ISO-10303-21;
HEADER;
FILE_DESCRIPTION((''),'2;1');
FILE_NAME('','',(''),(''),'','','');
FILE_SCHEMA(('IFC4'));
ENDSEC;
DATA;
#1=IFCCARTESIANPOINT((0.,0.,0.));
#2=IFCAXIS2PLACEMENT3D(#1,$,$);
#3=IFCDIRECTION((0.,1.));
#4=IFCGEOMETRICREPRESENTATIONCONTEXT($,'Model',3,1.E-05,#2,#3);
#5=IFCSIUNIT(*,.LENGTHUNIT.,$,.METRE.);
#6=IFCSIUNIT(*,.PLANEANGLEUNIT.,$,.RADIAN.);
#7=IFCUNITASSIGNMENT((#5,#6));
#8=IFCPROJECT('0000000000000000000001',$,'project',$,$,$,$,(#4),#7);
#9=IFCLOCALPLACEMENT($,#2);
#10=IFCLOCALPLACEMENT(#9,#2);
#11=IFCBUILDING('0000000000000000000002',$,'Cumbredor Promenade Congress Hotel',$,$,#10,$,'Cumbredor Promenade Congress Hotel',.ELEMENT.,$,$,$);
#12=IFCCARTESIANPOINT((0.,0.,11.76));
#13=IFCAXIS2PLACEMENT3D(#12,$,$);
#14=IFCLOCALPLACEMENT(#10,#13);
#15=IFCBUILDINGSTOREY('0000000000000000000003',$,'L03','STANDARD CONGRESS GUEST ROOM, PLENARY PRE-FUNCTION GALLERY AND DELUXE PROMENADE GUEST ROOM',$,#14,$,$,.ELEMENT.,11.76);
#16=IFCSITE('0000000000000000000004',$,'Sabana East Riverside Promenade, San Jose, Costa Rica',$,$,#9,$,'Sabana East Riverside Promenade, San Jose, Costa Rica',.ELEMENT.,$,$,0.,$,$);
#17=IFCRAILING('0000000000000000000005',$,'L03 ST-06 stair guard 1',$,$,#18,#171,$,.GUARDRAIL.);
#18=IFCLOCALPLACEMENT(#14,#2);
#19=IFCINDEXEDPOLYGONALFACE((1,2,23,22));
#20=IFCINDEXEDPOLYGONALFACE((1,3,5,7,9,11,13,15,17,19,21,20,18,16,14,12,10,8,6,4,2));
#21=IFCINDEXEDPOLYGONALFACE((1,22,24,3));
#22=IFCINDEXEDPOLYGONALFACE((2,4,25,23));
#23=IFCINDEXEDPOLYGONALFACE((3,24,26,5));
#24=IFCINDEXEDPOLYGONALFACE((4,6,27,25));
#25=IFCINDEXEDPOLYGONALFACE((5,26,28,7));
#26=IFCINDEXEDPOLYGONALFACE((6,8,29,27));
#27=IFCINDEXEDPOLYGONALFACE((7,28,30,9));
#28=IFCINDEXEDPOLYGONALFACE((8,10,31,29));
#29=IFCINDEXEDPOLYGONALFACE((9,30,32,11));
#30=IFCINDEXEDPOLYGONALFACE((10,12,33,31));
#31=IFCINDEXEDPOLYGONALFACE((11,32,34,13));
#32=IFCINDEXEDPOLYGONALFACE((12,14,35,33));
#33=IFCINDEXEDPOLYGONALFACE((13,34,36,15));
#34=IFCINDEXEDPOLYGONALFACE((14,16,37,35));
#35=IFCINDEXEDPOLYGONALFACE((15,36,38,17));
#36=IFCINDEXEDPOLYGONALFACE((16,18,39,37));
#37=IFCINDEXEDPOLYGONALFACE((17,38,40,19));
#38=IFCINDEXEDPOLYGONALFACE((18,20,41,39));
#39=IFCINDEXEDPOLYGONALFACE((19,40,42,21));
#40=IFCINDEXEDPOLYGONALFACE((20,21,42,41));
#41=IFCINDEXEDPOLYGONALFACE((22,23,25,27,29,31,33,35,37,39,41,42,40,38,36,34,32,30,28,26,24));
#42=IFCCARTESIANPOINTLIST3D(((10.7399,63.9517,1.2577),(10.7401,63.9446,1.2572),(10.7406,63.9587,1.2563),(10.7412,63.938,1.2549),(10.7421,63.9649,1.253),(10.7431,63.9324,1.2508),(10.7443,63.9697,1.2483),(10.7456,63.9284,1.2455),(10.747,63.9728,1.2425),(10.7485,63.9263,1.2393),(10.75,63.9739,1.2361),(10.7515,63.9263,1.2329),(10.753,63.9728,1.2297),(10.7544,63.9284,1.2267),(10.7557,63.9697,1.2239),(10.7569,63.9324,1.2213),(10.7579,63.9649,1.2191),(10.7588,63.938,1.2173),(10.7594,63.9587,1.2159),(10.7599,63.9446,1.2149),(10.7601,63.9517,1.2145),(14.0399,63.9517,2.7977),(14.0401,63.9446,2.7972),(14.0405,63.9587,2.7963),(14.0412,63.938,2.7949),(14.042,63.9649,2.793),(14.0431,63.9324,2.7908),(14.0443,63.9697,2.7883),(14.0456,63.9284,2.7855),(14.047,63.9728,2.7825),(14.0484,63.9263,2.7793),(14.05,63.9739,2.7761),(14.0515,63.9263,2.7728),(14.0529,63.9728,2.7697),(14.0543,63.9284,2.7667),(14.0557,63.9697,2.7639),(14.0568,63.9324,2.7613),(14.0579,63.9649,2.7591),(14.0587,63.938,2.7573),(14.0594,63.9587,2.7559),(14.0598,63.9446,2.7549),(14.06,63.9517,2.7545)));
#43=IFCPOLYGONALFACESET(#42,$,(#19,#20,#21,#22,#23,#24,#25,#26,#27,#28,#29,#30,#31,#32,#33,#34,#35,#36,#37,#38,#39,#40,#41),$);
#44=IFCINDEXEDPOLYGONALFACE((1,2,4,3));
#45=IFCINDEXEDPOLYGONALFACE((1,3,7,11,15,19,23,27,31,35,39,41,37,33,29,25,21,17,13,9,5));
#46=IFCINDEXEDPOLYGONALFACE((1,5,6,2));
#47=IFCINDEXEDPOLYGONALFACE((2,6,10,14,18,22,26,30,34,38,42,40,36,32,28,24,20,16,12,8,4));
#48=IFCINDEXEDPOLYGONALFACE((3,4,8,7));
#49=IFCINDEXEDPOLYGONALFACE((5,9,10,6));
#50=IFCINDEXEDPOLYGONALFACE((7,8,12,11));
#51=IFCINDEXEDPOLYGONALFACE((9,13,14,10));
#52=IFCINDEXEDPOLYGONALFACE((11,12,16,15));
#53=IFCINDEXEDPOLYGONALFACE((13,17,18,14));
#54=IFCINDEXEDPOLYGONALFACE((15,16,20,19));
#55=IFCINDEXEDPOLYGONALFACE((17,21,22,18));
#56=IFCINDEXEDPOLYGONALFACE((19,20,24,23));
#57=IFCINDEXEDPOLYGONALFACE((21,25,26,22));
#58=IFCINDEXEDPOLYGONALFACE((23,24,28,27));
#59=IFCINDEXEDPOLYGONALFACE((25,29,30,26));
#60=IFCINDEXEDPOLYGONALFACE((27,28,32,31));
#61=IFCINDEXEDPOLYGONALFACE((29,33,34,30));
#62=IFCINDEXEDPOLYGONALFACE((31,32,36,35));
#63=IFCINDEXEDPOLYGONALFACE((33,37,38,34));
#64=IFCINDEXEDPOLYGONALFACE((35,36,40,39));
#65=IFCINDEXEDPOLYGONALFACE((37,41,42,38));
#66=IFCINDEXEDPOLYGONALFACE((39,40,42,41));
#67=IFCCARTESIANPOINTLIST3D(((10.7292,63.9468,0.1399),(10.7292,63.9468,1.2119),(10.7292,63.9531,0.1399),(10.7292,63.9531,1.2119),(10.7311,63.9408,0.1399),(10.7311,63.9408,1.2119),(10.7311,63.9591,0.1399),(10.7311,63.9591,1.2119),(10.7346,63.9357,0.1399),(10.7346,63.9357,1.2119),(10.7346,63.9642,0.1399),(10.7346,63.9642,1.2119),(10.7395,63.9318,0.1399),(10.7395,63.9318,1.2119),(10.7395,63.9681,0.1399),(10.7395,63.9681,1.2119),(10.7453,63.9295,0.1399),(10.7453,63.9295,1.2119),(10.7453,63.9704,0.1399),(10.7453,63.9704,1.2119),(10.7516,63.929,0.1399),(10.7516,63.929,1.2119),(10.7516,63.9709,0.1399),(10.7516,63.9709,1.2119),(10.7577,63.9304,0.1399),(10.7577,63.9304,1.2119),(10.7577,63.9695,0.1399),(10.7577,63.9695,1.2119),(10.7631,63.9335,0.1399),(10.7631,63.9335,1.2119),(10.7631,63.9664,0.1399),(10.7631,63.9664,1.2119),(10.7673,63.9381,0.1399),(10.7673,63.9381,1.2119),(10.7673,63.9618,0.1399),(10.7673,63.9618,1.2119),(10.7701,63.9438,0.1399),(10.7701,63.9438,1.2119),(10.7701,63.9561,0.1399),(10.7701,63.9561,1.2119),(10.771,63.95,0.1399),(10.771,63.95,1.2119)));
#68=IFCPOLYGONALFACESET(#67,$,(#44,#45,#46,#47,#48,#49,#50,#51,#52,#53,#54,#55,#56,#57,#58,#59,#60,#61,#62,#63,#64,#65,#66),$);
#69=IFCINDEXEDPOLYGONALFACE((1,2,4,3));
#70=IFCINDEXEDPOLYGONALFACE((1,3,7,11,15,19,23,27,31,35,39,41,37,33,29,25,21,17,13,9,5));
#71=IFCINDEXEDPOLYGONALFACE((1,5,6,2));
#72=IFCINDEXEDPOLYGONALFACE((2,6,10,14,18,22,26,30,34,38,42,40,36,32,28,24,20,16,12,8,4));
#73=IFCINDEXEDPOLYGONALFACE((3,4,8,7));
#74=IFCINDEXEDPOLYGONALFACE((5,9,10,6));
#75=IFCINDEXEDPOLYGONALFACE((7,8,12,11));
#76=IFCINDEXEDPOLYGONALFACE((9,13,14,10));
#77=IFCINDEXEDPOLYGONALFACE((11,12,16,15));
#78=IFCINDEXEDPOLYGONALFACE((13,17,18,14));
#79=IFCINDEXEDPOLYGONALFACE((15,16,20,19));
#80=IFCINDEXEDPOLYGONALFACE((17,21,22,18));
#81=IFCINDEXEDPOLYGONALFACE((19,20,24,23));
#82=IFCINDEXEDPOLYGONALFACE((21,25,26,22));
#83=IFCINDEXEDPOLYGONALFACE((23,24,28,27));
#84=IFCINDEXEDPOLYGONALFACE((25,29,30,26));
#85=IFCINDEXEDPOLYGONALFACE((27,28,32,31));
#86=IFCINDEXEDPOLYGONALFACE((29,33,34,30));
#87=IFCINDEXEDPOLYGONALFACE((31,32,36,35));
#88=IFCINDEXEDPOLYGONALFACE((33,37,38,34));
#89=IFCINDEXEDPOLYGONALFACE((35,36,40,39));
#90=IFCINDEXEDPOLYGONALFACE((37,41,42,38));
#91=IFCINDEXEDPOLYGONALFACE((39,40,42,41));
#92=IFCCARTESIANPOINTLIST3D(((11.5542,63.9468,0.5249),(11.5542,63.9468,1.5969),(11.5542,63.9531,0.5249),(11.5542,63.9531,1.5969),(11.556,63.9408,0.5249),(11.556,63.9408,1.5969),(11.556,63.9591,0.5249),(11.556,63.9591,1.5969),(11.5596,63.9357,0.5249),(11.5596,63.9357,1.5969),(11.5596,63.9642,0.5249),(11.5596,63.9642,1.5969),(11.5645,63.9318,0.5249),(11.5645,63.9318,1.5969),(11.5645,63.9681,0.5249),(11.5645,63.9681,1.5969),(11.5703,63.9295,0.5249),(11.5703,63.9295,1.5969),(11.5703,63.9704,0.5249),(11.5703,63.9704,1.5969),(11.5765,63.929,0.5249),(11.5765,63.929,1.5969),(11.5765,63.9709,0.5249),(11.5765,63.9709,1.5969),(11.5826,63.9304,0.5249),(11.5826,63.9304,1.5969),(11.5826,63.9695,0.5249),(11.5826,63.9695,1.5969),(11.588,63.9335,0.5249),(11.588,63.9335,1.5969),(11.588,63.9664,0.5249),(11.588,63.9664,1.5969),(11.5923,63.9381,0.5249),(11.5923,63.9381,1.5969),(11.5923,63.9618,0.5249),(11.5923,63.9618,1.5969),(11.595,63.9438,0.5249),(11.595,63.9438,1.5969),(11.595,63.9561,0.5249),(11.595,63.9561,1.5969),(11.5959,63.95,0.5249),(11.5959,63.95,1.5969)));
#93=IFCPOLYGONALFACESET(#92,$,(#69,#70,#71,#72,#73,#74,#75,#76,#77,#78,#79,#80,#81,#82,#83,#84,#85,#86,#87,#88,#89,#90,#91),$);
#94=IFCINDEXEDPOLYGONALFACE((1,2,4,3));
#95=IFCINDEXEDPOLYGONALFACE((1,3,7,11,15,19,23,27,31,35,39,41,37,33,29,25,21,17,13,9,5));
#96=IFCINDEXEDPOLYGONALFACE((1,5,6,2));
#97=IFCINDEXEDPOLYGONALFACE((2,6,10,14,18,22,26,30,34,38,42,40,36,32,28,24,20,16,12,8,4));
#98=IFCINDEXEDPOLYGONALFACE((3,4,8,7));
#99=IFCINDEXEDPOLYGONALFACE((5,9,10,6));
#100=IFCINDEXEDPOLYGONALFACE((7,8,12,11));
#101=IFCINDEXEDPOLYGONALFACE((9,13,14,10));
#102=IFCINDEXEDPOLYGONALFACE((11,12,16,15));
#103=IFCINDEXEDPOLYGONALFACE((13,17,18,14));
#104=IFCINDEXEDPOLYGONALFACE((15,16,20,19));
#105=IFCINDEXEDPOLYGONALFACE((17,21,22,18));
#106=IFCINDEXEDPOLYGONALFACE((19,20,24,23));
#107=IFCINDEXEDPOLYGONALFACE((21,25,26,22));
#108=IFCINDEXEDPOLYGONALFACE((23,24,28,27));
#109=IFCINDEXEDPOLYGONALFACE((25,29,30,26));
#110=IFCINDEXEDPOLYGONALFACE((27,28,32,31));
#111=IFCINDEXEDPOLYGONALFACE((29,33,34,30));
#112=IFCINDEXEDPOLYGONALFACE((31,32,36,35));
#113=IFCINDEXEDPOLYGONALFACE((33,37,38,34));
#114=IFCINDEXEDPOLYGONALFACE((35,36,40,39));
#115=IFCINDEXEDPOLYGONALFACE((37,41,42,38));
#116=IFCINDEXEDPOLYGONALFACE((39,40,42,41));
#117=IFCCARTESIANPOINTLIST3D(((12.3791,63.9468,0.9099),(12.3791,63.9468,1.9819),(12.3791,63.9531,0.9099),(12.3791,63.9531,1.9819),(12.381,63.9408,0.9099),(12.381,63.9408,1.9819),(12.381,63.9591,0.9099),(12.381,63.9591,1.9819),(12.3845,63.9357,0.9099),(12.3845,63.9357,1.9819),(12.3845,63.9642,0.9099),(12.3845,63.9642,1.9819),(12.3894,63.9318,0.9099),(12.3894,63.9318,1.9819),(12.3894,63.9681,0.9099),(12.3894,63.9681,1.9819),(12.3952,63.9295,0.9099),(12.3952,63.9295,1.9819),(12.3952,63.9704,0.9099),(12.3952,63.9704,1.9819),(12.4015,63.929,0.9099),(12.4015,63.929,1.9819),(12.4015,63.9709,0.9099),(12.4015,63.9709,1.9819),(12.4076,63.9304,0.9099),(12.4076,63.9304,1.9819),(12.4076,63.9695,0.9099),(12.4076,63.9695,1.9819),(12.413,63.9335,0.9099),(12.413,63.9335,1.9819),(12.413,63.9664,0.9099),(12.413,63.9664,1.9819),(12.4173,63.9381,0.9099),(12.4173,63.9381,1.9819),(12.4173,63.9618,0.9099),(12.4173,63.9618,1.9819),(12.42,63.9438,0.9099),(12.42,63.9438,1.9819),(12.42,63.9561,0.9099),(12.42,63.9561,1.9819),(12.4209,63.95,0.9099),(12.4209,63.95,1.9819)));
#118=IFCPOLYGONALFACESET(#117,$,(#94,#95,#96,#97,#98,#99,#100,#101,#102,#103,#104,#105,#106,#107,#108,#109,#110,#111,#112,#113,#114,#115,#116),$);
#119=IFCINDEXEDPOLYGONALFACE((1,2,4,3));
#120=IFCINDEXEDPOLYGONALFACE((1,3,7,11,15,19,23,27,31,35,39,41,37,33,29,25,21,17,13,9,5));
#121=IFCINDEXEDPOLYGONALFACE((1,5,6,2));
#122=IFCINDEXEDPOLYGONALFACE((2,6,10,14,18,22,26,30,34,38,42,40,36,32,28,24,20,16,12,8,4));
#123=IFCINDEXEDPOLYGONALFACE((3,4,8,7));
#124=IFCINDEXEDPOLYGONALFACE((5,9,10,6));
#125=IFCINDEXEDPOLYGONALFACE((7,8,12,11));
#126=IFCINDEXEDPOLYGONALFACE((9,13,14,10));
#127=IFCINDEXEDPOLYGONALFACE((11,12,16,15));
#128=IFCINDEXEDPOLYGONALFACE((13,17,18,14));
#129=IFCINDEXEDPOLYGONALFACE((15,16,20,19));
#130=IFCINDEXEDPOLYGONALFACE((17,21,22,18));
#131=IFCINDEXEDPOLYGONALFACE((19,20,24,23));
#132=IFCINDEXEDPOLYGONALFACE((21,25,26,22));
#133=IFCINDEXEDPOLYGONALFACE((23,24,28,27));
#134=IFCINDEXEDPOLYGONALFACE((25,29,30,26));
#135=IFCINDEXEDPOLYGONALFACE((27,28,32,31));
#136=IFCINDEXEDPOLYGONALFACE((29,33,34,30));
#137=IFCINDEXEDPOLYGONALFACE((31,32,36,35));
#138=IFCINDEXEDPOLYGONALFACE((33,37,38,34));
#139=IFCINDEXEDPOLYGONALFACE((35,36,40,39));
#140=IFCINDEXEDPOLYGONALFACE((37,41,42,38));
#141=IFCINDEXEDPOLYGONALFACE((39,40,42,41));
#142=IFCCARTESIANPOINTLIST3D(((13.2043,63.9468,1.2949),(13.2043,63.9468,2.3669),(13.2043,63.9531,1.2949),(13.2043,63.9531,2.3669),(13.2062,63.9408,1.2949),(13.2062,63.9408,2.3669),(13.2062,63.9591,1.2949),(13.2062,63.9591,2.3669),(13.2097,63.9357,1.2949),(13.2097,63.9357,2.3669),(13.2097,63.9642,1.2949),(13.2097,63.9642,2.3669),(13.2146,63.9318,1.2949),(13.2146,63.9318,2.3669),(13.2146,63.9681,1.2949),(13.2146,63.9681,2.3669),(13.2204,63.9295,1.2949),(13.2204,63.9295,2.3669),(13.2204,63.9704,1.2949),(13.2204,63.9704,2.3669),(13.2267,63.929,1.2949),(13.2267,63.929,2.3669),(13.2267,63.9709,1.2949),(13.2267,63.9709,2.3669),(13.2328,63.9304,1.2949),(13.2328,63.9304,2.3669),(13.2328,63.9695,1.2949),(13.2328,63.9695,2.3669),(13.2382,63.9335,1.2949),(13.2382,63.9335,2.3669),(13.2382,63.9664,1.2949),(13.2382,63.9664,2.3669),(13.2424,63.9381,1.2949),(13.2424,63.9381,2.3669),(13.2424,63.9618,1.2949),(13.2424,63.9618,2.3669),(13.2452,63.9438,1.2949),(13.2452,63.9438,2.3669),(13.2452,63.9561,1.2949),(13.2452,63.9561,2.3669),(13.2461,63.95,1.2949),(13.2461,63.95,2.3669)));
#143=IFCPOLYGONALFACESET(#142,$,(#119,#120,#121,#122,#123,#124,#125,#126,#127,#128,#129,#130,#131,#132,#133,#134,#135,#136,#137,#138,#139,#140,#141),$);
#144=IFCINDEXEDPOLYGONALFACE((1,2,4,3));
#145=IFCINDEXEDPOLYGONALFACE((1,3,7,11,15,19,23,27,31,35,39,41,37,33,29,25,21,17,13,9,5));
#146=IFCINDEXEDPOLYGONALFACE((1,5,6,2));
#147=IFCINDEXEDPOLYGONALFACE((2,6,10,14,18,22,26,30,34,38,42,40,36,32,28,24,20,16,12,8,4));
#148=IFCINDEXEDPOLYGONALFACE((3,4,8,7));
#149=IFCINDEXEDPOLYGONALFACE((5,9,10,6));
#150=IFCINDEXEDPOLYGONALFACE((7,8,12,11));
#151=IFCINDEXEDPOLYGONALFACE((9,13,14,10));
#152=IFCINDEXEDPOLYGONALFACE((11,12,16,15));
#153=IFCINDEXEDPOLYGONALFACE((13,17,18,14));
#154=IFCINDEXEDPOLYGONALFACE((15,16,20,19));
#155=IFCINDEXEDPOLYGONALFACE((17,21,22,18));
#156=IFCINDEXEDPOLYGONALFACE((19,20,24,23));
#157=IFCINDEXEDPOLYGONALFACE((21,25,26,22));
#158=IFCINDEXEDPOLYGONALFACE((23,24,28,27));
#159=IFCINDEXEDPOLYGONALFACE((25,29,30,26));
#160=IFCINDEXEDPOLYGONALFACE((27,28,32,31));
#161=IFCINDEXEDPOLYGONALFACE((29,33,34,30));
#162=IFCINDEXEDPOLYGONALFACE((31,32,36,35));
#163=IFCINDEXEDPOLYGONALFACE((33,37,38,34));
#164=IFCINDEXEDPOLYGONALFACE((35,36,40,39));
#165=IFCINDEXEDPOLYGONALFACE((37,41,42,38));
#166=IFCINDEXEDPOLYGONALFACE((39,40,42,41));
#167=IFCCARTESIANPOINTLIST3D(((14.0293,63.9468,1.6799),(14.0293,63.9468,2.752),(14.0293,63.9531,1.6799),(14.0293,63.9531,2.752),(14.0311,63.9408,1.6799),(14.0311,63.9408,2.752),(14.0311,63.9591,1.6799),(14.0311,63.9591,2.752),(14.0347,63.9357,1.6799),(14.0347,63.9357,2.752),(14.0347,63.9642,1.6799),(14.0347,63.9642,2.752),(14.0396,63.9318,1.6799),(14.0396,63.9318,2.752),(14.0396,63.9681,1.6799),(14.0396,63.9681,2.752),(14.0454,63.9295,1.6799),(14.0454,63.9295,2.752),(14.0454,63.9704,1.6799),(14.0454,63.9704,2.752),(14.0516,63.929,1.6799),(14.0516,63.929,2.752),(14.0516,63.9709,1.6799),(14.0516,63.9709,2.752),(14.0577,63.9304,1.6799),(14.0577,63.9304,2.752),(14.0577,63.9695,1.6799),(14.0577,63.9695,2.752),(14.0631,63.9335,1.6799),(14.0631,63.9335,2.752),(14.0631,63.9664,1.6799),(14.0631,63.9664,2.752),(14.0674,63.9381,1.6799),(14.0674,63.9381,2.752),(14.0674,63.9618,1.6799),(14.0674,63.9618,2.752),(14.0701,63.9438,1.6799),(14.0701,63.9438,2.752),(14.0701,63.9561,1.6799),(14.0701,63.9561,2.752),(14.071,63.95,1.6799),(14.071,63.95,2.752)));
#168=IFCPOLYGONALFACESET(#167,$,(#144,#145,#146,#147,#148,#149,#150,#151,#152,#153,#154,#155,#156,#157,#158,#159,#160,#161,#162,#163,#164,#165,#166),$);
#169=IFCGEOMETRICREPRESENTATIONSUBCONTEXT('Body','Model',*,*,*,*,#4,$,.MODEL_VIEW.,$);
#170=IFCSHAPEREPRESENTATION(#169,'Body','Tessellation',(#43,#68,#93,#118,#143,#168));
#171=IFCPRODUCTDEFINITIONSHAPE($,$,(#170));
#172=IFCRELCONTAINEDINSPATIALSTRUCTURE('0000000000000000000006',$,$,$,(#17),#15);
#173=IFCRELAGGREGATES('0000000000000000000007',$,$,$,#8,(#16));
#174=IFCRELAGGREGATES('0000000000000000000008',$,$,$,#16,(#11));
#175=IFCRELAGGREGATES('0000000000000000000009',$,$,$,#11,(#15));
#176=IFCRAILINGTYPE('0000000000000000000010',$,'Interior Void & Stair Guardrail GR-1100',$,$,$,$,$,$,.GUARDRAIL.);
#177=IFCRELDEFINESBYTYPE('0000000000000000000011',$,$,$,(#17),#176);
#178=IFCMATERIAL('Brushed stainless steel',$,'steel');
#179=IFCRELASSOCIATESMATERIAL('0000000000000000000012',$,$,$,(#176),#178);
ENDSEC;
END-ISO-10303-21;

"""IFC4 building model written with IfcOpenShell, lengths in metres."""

from ifc_helpers import new_model, si_unit, direction, frame, origin, origin_2d, place, context, subcontext, project, spatial, circle, extrude, material, type_object, element, save


model = new_model("IFC4")

# Units and contexts
model_context = context("Model", 3, precision=1e-05, world=origin(), true_north=direction((0.0, 1.0)))
body_context = subcontext(model_context, "Body", "Model", "MODEL_VIEW")
ifc_project = project(units=[si_unit("LENGTHUNIT", "METRE"), si_unit("PLANEANGLEUNIT", "RADIAN")], contexts=[model_context])

# Site, building, storey
site_placement = place(None, origin())
site = spatial("IfcSite", under=ifc_project, at=site_placement, Name="Sabana East Riverside Promenade, San Jose, Costa Rica", LongName="Sabana East Riverside Promenade, San Jose, Costa Rica", CompositionType="ELEMENT", RefElevation=0.0)
building_placement = place(site_placement, origin())
building = spatial("IfcBuilding", under=site, at=building_placement, Name="Cumbredor Promenade Congress Hotel", LongName="Cumbredor Promenade Congress Hotel", CompositionType="ELEMENT")
storey_placement = place(building_placement, frame((0.0, 0.0, 11.76)))
storey = spatial("IfcBuildingStorey", under=building, at=storey_placement, Name="L03", Description="STANDARD CONGRESS GUEST ROOM, PLENARY PRE-FUNCTION GALLERY AND DELUXE PROMENADE GUEST ROOM", CompositionType="ELEMENT", Elevation=11.76)

# Railing
ifc_material_1 = material(Name="Brushed stainless steel", Category="steel")
railing_type_1 = type_object("IfcRailingType", Name="Interior Void & Stair Guardrail GR-1100", PredefinedType="GUARDRAIL", material=ifc_material_1)
railing_1_placement = place(storey_placement, frame((10.75, 63.95, 0.1399)))
element("IfcRailing", 1, at=railing_1_placement, inside=storey, type_object=railing_type_1, Name="L03 ST-06 stair guard 1", PredefinedType="GUARDRAIL", context=body_context, shape_type="SweptSolid", body=[
    extrude(circle(Radius=0.0239, at=origin_2d()), frame((0.0, 0.0, 1.0962), z_axis=(0.906181, 0.0, 0.422889), x_axis=(0.0, 1.0, 0.0)), (0.0, 0.0, 1.0), 3.6416),
    extrude(circle(Radius=0.021, at=origin_2d()), origin(), (0.0, 0.0, 1.0), 1.072),
    extrude(circle(Radius=0.021, at=origin_2d()), frame((0.825, 0.0, 0.385)), (0.0, 0.0, 1.0), 1.072),
    extrude(circle(Radius=0.021, at=origin_2d()), frame((1.6499, 0.0, 0.77)), (0.0, 0.0, 1.0), 1.072),
    extrude(circle(Radius=0.021, at=origin_2d()), frame((2.4751, 0.0, 1.155)), (0.0, 0.0, 1.0), 1.072),
    extrude(circle(Radius=0.021, at=origin_2d()), frame((3.3, 0.0, 1.54)), (0.0, 0.0, 1.0), 1.072),
])

save(model, "model.ifc")
